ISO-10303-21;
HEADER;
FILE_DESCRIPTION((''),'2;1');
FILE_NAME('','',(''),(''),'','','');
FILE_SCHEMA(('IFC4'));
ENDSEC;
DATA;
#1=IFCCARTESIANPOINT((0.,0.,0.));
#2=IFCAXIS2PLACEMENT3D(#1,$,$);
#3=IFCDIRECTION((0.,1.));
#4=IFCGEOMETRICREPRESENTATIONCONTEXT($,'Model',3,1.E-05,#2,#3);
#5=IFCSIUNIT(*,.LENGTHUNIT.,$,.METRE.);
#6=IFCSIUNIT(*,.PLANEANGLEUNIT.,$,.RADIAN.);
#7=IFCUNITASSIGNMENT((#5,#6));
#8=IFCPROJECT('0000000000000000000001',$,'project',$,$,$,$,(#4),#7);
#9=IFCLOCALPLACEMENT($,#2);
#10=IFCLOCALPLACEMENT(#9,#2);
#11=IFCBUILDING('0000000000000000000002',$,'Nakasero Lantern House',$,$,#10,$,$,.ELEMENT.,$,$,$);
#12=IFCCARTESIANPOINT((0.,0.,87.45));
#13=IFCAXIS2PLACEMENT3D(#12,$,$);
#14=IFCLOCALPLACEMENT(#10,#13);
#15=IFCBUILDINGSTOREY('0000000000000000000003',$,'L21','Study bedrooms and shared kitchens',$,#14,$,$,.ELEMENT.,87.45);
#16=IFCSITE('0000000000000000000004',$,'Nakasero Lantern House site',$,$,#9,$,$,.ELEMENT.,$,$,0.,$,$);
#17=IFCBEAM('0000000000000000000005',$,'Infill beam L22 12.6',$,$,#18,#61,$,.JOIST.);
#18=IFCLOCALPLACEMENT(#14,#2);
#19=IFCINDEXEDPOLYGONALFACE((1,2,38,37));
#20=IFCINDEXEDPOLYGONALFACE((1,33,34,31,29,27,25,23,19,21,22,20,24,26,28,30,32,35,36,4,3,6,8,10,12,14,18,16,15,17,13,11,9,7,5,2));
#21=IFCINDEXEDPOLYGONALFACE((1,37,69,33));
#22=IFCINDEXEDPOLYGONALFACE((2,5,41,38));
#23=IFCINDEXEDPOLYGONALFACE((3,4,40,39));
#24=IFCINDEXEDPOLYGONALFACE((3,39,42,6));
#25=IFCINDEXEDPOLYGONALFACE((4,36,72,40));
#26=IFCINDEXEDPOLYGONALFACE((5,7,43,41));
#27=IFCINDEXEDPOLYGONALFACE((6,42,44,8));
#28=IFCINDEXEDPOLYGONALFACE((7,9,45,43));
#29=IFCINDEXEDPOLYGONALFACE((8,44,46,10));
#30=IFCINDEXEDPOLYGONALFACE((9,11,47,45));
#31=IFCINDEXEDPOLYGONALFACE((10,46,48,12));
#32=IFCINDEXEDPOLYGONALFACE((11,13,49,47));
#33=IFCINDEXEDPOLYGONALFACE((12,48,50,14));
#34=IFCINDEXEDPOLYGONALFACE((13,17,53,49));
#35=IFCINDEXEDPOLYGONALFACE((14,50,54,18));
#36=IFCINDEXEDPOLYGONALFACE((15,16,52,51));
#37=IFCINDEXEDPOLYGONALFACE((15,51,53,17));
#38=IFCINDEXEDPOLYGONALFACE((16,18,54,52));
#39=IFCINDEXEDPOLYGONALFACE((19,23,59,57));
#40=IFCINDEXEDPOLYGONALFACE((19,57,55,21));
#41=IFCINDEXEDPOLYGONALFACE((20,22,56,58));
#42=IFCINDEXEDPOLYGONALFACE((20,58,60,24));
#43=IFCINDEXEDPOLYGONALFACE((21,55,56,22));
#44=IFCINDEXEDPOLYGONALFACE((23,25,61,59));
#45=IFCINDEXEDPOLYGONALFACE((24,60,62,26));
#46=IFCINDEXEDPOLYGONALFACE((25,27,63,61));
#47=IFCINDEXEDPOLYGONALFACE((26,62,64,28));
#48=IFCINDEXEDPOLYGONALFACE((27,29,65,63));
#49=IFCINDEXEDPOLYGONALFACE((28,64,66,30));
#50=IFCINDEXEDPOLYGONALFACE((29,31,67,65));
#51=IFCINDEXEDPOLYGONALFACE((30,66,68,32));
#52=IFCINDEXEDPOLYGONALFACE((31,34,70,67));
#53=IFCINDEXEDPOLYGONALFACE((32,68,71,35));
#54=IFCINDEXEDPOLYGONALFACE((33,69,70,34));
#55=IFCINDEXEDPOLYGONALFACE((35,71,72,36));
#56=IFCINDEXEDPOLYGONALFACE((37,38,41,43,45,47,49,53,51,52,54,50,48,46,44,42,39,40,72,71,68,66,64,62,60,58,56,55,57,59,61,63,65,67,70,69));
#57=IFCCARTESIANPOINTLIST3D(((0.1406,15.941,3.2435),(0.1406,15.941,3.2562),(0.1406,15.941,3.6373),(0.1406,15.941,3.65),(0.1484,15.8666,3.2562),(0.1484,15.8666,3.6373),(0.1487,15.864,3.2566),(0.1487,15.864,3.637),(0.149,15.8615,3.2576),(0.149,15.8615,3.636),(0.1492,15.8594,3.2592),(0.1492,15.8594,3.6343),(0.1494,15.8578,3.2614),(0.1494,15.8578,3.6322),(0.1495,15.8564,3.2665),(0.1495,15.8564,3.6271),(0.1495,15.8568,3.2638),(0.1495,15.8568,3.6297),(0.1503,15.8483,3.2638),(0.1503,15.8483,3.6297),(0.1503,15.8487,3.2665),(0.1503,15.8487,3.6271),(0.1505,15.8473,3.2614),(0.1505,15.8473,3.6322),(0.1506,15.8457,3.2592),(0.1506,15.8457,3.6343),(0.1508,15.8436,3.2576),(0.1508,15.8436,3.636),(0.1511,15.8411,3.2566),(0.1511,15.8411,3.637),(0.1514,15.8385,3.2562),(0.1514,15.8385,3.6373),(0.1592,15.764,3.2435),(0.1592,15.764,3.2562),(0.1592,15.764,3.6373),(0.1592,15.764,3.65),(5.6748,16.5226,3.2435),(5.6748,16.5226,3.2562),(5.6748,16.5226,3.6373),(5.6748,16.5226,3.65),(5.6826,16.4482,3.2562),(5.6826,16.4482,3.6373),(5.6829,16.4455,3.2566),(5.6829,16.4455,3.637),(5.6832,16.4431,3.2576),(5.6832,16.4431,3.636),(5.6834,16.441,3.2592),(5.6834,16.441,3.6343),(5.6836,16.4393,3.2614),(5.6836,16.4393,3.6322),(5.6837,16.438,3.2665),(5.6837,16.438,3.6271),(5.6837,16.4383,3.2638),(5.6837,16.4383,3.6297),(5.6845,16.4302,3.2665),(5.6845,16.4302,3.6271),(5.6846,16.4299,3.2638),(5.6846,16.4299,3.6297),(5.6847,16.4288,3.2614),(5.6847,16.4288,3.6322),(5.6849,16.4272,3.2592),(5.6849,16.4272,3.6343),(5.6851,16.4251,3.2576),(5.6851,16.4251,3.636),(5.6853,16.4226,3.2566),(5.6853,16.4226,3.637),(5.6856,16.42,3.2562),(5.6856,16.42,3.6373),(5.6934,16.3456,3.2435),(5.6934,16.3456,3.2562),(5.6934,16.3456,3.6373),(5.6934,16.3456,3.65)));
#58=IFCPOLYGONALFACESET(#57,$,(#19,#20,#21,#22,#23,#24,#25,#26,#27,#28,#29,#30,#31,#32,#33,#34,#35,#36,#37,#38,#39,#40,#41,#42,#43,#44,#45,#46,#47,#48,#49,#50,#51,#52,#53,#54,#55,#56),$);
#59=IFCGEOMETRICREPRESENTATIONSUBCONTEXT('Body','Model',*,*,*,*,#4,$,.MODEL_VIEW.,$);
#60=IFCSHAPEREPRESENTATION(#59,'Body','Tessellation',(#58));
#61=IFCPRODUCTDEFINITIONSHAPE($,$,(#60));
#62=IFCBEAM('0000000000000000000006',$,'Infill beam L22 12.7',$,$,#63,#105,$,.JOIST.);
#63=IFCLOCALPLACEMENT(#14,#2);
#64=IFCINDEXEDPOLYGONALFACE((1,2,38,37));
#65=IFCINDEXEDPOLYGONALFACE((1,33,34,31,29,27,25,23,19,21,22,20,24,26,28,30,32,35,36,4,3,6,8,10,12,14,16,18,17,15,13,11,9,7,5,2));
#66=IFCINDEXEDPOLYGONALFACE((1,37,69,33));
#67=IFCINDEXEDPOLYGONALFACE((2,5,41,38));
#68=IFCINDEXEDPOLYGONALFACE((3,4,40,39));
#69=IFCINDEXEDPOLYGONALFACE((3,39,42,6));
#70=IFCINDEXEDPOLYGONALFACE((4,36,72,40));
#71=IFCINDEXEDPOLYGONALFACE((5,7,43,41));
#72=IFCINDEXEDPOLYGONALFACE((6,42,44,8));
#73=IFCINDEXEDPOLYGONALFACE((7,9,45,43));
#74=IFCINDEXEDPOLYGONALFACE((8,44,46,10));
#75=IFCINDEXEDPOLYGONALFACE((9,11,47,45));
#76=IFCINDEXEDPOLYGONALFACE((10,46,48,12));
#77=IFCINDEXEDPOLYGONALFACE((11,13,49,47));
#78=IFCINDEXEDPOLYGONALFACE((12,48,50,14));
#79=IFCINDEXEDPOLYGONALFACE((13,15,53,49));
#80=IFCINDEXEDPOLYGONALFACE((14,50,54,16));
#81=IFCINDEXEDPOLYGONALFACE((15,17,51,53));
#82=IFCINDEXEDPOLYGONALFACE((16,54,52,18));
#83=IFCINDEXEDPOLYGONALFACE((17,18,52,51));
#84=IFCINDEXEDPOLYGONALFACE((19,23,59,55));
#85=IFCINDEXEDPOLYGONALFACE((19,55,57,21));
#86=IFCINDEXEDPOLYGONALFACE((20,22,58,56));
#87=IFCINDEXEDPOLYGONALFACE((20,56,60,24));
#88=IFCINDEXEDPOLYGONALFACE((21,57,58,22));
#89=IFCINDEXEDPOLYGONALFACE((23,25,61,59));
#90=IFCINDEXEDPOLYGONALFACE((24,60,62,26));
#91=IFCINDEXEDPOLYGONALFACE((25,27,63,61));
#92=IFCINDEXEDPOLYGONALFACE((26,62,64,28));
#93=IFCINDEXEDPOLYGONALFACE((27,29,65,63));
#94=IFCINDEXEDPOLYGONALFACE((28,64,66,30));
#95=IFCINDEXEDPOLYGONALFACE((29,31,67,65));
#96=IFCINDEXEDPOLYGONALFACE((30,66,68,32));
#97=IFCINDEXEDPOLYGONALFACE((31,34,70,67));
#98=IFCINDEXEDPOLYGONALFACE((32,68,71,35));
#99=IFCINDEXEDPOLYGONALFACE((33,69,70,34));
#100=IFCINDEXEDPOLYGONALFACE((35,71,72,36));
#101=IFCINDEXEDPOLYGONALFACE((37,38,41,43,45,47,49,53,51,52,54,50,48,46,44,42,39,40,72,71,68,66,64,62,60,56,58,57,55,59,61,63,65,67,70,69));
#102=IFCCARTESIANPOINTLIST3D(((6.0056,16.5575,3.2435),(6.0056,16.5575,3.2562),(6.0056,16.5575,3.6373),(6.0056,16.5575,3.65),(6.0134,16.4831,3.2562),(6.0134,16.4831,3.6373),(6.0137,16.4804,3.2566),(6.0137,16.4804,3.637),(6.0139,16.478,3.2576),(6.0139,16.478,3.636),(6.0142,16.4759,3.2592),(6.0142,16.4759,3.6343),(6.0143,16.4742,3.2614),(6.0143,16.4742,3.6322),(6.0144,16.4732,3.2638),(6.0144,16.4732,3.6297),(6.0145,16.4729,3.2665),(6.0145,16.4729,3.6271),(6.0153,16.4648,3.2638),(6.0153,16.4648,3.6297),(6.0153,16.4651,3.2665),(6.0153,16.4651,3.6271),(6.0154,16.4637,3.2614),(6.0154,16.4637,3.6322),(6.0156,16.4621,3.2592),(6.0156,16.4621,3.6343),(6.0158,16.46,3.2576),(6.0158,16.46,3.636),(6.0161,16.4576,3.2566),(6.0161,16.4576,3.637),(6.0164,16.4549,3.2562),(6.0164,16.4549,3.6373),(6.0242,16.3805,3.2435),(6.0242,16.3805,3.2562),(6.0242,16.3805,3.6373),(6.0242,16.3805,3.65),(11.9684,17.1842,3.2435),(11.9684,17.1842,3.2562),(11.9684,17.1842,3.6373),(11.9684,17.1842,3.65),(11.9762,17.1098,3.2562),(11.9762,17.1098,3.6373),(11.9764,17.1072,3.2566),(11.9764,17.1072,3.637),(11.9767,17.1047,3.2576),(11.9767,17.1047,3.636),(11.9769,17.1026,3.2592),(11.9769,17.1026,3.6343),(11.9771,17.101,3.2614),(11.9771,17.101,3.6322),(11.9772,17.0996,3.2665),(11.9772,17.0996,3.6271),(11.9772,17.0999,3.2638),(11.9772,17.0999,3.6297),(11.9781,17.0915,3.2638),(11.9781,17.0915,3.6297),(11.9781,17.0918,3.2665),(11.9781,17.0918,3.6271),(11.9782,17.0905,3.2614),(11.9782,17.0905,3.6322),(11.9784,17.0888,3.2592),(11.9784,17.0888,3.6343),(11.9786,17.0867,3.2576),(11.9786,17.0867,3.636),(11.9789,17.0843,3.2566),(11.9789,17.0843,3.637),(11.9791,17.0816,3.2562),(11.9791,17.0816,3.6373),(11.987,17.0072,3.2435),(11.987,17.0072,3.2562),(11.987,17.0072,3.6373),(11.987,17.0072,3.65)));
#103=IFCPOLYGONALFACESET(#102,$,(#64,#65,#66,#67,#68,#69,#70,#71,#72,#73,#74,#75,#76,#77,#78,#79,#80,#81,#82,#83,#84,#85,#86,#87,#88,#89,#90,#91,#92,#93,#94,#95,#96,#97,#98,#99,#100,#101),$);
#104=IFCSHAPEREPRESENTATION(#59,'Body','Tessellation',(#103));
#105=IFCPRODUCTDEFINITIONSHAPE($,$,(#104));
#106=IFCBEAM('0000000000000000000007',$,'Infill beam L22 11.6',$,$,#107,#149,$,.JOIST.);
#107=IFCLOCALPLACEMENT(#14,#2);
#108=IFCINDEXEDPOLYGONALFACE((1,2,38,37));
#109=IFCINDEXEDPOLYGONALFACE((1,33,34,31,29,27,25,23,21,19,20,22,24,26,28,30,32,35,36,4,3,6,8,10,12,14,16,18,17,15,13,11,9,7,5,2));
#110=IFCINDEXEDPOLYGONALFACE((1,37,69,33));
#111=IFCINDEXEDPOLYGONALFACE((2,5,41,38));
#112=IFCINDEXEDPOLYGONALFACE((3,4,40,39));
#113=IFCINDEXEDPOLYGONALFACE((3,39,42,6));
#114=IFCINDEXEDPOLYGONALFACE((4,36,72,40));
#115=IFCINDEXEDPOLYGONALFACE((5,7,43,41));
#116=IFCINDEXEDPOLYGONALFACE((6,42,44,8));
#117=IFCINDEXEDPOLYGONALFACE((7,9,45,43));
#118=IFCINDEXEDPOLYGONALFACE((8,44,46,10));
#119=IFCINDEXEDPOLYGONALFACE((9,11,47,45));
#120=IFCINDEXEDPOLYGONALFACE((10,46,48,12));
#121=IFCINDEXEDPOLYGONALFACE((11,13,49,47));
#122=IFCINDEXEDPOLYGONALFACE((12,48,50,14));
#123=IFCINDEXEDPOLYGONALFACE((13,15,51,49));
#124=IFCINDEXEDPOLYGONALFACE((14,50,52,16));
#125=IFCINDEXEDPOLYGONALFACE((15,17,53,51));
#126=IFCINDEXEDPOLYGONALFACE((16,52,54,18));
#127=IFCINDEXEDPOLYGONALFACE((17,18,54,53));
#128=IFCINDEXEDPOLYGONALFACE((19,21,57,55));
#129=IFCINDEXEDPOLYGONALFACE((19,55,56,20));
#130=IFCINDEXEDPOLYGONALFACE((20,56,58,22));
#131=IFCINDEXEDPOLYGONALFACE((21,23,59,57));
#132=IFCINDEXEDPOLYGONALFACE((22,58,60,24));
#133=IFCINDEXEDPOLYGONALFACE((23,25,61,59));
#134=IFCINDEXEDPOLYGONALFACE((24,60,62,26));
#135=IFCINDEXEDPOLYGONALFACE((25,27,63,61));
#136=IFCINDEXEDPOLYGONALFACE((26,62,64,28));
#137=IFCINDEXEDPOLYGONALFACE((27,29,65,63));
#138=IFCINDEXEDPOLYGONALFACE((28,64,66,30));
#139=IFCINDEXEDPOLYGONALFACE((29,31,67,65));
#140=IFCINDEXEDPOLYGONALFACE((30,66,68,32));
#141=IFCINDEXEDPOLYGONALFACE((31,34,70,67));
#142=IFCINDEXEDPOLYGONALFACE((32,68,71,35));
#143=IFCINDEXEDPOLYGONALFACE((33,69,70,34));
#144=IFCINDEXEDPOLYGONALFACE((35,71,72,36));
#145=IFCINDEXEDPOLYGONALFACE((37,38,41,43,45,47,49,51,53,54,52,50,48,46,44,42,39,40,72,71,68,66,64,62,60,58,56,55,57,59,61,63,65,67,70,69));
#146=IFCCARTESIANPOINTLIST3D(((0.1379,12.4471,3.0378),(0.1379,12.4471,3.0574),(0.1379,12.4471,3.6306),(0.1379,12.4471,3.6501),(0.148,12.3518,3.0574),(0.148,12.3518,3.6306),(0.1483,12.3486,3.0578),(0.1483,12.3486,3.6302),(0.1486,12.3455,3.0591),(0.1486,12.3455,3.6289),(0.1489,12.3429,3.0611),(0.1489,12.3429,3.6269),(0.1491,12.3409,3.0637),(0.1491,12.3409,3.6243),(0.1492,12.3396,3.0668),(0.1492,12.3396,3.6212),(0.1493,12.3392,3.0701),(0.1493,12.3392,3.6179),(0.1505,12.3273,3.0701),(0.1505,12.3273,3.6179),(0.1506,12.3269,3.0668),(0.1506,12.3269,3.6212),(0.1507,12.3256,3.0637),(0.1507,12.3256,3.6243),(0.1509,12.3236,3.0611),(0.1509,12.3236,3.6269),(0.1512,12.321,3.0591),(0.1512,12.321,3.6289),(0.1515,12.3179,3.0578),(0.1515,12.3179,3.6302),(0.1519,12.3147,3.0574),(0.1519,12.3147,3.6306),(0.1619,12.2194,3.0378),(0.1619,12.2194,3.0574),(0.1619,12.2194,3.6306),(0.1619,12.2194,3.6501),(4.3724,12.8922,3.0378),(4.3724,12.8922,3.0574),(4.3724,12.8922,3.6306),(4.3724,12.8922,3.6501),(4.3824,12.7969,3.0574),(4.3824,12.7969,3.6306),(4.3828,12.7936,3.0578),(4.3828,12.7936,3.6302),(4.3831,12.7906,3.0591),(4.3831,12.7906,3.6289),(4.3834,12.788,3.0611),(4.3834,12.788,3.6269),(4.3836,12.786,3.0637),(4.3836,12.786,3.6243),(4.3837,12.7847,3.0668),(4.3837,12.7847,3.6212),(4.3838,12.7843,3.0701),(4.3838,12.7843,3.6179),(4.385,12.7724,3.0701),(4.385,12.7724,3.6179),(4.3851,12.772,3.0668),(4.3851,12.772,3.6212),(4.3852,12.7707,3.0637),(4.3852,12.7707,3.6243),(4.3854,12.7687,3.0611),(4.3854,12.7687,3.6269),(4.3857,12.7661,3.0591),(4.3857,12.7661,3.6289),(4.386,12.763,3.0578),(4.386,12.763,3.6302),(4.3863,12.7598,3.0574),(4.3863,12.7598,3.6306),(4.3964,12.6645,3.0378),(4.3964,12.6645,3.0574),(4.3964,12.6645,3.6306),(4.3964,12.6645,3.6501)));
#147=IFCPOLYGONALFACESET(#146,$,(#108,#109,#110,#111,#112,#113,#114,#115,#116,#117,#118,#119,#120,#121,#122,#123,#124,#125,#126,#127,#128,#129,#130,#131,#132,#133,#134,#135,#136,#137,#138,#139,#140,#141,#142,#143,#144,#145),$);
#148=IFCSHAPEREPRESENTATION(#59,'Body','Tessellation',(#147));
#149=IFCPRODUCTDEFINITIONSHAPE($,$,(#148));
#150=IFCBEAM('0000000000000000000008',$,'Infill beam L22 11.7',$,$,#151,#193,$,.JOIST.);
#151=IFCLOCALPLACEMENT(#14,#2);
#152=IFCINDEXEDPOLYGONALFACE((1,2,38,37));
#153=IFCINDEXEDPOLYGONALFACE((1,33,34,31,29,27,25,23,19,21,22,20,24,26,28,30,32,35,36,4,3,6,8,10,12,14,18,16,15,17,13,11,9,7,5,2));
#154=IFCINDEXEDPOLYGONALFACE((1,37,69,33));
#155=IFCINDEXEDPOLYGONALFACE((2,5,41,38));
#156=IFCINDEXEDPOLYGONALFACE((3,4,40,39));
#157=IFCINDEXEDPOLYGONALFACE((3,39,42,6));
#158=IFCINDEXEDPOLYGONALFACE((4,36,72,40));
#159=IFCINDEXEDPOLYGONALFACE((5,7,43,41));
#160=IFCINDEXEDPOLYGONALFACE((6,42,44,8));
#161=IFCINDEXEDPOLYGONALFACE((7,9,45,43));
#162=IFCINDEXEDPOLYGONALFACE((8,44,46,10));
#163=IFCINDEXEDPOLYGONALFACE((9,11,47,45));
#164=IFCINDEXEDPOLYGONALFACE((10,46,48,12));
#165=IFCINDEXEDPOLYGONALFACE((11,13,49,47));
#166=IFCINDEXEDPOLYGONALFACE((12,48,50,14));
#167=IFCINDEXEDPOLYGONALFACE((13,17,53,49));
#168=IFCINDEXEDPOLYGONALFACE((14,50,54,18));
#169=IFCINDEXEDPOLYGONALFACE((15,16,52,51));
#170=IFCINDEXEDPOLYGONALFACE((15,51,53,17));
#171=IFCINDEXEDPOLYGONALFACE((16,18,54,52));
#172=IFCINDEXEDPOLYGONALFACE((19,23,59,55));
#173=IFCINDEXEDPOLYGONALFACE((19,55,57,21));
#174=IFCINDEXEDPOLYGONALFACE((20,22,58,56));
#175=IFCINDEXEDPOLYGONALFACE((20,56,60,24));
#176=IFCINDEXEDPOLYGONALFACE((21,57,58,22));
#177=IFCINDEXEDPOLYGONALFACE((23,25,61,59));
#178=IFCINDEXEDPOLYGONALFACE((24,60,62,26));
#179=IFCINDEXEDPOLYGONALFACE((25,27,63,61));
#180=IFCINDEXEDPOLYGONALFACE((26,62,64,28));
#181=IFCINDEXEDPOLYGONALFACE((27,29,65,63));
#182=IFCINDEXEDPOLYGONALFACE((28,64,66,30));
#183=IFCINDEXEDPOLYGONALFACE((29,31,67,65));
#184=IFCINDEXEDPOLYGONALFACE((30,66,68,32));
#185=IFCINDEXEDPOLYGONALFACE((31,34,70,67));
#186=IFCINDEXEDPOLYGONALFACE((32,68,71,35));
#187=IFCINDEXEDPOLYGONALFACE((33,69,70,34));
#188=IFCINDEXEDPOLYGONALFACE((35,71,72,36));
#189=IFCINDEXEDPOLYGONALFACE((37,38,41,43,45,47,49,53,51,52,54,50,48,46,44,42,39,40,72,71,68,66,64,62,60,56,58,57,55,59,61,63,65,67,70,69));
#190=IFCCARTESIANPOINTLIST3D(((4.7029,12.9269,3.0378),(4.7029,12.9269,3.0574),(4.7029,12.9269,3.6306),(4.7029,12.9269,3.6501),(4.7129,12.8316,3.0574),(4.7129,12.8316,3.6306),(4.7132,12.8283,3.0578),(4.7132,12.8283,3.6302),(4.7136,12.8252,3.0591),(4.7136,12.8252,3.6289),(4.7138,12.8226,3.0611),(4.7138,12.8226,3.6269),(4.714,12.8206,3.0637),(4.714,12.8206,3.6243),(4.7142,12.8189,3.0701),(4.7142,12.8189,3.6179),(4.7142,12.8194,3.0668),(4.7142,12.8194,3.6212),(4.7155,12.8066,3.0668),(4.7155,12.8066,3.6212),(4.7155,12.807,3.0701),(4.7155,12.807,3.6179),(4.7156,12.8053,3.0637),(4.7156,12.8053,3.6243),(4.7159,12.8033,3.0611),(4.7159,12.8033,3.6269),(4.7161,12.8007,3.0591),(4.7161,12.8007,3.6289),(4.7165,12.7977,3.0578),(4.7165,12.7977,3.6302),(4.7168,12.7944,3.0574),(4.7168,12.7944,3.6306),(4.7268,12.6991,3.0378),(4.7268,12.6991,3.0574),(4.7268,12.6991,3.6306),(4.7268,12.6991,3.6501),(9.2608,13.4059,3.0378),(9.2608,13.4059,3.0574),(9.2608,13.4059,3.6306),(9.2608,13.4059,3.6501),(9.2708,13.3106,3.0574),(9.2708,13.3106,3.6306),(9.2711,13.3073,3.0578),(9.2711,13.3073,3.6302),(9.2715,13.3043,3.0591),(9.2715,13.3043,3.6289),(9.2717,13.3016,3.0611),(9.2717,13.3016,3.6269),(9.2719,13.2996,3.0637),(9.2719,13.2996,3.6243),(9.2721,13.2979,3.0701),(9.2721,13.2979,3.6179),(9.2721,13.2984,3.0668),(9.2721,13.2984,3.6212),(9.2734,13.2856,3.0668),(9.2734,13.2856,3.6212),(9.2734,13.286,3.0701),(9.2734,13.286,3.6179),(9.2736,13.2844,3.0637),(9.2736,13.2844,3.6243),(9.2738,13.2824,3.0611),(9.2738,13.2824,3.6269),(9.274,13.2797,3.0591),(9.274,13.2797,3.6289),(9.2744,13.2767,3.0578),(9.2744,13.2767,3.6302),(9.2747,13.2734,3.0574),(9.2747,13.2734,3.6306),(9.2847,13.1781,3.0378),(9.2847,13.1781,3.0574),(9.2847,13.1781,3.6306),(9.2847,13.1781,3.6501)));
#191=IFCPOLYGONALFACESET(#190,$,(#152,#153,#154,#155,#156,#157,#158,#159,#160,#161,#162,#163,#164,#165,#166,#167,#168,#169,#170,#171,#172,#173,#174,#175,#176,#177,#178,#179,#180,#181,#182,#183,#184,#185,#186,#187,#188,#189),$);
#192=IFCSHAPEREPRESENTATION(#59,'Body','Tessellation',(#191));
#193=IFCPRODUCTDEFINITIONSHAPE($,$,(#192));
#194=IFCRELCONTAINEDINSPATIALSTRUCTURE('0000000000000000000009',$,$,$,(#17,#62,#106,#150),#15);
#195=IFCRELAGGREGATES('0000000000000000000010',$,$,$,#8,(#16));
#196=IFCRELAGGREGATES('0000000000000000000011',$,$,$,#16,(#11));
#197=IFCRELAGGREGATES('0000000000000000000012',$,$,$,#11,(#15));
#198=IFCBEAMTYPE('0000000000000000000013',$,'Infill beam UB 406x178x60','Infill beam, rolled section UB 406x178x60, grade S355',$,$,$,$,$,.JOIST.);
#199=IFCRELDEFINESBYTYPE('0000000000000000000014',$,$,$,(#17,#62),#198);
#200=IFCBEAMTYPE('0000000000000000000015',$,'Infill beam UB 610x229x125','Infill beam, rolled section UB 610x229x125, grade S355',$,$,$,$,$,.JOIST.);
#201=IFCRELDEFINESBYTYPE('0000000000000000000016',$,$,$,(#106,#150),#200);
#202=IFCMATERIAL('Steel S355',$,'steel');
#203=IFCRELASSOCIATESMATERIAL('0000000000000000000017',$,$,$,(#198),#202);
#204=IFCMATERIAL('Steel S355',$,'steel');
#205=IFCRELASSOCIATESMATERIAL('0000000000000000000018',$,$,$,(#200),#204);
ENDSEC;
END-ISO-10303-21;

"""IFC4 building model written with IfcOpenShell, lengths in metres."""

from ifc_helpers import new_model, si_unit, direction, frame, origin, origin_2d, place, context, subcontext, project, spatial, i_section, extrude, material, material_profile, profile_set, type_object, element, save


model = new_model("IFC4")

# Units and contexts
model_context = context("Model", 3, precision=1e-05, world=origin(), true_north=direction((0.0, 1.0)))
body_context = subcontext(model_context, "Body", "Model", "MODEL_VIEW")
ifc_project = project(units=[si_unit("LENGTHUNIT", "METRE"), si_unit("PLANEANGLEUNIT", "RADIAN")], contexts=[model_context])

# Site, building, storey
site_placement = place(None, origin())
site = spatial("IfcSite", under=ifc_project, at=site_placement, Name="Nakasero Lantern House site", CompositionType="ELEMENT", RefElevation=0.0)
building_placement = place(site_placement, origin())
building = spatial("IfcBuilding", under=site, at=building_placement, Name="Nakasero Lantern House", CompositionType="ELEMENT")
storey_placement = place(building_placement, frame((0.0, 0.0, 87.45)))
storey = spatial("IfcBuildingStorey", under=building, at=storey_placement, Name="L21", Description="Study bedrooms and shared kitchens", CompositionType="ELEMENT", Elevation=87.45)

# Beams
ifc_material_1 = material(Name="Steel S355", Category="steel")
ifc_material_profile_1 = material_profile(ifc_material_1, i_section(OverallWidth=0.178, OverallDepth=0.4065, WebThickness=0.0078, FlangeThickness=0.0127, FilletRadius=0.0103, at=origin_2d()), Name="UB 406x178x60")
ifc_profile_set_1 = profile_set([ifc_material_profile_1], Name="Steel S355")
beam_type_1 = type_object("IfcBeamType", Name="Infill beam UB 406x178x60", Description="Infill beam, rolled section UB 406x178x60, grade S355", PredefinedType="JOIST", material=ifc_profile_set_1)
beam_1_placement = place(storey_placement, frame((0.1499, 15.8525, 3.4468), z_axis=(0.994524, 0.104507, 0.0), x_axis=(-0.104507, 0.994524, 0.0)))
element("IfcBeam", 1, at=beam_1_placement, inside=storey, type_object=beam_type_1, Name="Infill beam L22 12.6", PredefinedType="JOIST", context=body_context, shape_type="SweptSolid", body=[
    extrude(i_section(OverallWidth=0.178, OverallDepth=0.4065, WebThickness=0.0078, FlangeThickness=0.0127, FilletRadius=0.0103, at=origin_2d()), origin(), (0.0, 0.0, 1.0), 5.5647),
])
beam_2_placement = place(storey_placement, frame((6.0149, 16.469, 3.4468), z_axis=(0.994522, 0.10453, 0.0), x_axis=(-0.10453, 0.994522, 0.0)))
element("IfcBeam", 2, at=beam_2_placement, inside=storey, type_object=beam_type_1, Name="Infill beam L22 12.7", PredefinedType="JOIST", context=body_context, shape_type="SweptSolid", body=[
    extrude(i_section(OverallWidth=0.178, OverallDepth=0.4065, WebThickness=0.0078, FlangeThickness=0.0127, FilletRadius=0.0103, at=origin_2d()), origin(), (0.0, 0.0, 1.0), 5.9956),
])
ifc_material_2 = material(Name="Steel S355", Category="steel")
ifc_material_profile_2 = material_profile(ifc_material_2, i_section(OverallWidth=0.229, OverallDepth=0.6123, WebThickness=0.012, FlangeThickness=0.0195, FilletRadius=0.0127, at=origin_2d()), Name="UB 610x229x125")
ifc_profile_set_2 = profile_set([ifc_material_profile_2], Name="Steel S355")
beam_type_2 = type_object("IfcBeamType", Name="Infill beam UB 610x229x125", Description="Infill beam, rolled section UB 610x229x125, grade S355", PredefinedType="JOIST", material=ifc_profile_set_2)
beam_3_placement = place(storey_placement, frame((0.1499, 12.3333, 3.344), z_axis=(0.994521, 0.104533, 0.0), x_axis=(-0.104533, 0.994521, 0.0)))
element("IfcBeam", 3, at=beam_3_placement, inside=storey, type_object=beam_type_2, Name="Infill beam L22 11.6", PredefinedType="JOIST", context=body_context, shape_type="SweptSolid", body=[
    extrude(i_section(OverallWidth=0.229, OverallDepth=0.6123, WebThickness=0.012, FlangeThickness=0.0195, FilletRadius=0.0127, at=origin_2d()), origin(), (0.0, 0.0, 1.0), 4.2578),
])
beam_4_placement = place(storey_placement, frame((4.7148, 12.813, 3.344), z_axis=(0.994523, 0.104518, 0.0), x_axis=(-0.104518, 0.994523, 0.0)))
element("IfcBeam", 4, at=beam_4_placement, inside=storey, type_object=beam_type_2, Name="Infill beam L22 11.7", PredefinedType="JOIST", context=body_context, shape_type="SweptSolid", body=[
    extrude(i_section(OverallWidth=0.229, OverallDepth=0.6123, WebThickness=0.012, FlangeThickness=0.0195, FilletRadius=0.0127, at=origin_2d()), origin(), (0.0, 0.0, 1.0), 4.583),
])

save(model, "model.ifc")
